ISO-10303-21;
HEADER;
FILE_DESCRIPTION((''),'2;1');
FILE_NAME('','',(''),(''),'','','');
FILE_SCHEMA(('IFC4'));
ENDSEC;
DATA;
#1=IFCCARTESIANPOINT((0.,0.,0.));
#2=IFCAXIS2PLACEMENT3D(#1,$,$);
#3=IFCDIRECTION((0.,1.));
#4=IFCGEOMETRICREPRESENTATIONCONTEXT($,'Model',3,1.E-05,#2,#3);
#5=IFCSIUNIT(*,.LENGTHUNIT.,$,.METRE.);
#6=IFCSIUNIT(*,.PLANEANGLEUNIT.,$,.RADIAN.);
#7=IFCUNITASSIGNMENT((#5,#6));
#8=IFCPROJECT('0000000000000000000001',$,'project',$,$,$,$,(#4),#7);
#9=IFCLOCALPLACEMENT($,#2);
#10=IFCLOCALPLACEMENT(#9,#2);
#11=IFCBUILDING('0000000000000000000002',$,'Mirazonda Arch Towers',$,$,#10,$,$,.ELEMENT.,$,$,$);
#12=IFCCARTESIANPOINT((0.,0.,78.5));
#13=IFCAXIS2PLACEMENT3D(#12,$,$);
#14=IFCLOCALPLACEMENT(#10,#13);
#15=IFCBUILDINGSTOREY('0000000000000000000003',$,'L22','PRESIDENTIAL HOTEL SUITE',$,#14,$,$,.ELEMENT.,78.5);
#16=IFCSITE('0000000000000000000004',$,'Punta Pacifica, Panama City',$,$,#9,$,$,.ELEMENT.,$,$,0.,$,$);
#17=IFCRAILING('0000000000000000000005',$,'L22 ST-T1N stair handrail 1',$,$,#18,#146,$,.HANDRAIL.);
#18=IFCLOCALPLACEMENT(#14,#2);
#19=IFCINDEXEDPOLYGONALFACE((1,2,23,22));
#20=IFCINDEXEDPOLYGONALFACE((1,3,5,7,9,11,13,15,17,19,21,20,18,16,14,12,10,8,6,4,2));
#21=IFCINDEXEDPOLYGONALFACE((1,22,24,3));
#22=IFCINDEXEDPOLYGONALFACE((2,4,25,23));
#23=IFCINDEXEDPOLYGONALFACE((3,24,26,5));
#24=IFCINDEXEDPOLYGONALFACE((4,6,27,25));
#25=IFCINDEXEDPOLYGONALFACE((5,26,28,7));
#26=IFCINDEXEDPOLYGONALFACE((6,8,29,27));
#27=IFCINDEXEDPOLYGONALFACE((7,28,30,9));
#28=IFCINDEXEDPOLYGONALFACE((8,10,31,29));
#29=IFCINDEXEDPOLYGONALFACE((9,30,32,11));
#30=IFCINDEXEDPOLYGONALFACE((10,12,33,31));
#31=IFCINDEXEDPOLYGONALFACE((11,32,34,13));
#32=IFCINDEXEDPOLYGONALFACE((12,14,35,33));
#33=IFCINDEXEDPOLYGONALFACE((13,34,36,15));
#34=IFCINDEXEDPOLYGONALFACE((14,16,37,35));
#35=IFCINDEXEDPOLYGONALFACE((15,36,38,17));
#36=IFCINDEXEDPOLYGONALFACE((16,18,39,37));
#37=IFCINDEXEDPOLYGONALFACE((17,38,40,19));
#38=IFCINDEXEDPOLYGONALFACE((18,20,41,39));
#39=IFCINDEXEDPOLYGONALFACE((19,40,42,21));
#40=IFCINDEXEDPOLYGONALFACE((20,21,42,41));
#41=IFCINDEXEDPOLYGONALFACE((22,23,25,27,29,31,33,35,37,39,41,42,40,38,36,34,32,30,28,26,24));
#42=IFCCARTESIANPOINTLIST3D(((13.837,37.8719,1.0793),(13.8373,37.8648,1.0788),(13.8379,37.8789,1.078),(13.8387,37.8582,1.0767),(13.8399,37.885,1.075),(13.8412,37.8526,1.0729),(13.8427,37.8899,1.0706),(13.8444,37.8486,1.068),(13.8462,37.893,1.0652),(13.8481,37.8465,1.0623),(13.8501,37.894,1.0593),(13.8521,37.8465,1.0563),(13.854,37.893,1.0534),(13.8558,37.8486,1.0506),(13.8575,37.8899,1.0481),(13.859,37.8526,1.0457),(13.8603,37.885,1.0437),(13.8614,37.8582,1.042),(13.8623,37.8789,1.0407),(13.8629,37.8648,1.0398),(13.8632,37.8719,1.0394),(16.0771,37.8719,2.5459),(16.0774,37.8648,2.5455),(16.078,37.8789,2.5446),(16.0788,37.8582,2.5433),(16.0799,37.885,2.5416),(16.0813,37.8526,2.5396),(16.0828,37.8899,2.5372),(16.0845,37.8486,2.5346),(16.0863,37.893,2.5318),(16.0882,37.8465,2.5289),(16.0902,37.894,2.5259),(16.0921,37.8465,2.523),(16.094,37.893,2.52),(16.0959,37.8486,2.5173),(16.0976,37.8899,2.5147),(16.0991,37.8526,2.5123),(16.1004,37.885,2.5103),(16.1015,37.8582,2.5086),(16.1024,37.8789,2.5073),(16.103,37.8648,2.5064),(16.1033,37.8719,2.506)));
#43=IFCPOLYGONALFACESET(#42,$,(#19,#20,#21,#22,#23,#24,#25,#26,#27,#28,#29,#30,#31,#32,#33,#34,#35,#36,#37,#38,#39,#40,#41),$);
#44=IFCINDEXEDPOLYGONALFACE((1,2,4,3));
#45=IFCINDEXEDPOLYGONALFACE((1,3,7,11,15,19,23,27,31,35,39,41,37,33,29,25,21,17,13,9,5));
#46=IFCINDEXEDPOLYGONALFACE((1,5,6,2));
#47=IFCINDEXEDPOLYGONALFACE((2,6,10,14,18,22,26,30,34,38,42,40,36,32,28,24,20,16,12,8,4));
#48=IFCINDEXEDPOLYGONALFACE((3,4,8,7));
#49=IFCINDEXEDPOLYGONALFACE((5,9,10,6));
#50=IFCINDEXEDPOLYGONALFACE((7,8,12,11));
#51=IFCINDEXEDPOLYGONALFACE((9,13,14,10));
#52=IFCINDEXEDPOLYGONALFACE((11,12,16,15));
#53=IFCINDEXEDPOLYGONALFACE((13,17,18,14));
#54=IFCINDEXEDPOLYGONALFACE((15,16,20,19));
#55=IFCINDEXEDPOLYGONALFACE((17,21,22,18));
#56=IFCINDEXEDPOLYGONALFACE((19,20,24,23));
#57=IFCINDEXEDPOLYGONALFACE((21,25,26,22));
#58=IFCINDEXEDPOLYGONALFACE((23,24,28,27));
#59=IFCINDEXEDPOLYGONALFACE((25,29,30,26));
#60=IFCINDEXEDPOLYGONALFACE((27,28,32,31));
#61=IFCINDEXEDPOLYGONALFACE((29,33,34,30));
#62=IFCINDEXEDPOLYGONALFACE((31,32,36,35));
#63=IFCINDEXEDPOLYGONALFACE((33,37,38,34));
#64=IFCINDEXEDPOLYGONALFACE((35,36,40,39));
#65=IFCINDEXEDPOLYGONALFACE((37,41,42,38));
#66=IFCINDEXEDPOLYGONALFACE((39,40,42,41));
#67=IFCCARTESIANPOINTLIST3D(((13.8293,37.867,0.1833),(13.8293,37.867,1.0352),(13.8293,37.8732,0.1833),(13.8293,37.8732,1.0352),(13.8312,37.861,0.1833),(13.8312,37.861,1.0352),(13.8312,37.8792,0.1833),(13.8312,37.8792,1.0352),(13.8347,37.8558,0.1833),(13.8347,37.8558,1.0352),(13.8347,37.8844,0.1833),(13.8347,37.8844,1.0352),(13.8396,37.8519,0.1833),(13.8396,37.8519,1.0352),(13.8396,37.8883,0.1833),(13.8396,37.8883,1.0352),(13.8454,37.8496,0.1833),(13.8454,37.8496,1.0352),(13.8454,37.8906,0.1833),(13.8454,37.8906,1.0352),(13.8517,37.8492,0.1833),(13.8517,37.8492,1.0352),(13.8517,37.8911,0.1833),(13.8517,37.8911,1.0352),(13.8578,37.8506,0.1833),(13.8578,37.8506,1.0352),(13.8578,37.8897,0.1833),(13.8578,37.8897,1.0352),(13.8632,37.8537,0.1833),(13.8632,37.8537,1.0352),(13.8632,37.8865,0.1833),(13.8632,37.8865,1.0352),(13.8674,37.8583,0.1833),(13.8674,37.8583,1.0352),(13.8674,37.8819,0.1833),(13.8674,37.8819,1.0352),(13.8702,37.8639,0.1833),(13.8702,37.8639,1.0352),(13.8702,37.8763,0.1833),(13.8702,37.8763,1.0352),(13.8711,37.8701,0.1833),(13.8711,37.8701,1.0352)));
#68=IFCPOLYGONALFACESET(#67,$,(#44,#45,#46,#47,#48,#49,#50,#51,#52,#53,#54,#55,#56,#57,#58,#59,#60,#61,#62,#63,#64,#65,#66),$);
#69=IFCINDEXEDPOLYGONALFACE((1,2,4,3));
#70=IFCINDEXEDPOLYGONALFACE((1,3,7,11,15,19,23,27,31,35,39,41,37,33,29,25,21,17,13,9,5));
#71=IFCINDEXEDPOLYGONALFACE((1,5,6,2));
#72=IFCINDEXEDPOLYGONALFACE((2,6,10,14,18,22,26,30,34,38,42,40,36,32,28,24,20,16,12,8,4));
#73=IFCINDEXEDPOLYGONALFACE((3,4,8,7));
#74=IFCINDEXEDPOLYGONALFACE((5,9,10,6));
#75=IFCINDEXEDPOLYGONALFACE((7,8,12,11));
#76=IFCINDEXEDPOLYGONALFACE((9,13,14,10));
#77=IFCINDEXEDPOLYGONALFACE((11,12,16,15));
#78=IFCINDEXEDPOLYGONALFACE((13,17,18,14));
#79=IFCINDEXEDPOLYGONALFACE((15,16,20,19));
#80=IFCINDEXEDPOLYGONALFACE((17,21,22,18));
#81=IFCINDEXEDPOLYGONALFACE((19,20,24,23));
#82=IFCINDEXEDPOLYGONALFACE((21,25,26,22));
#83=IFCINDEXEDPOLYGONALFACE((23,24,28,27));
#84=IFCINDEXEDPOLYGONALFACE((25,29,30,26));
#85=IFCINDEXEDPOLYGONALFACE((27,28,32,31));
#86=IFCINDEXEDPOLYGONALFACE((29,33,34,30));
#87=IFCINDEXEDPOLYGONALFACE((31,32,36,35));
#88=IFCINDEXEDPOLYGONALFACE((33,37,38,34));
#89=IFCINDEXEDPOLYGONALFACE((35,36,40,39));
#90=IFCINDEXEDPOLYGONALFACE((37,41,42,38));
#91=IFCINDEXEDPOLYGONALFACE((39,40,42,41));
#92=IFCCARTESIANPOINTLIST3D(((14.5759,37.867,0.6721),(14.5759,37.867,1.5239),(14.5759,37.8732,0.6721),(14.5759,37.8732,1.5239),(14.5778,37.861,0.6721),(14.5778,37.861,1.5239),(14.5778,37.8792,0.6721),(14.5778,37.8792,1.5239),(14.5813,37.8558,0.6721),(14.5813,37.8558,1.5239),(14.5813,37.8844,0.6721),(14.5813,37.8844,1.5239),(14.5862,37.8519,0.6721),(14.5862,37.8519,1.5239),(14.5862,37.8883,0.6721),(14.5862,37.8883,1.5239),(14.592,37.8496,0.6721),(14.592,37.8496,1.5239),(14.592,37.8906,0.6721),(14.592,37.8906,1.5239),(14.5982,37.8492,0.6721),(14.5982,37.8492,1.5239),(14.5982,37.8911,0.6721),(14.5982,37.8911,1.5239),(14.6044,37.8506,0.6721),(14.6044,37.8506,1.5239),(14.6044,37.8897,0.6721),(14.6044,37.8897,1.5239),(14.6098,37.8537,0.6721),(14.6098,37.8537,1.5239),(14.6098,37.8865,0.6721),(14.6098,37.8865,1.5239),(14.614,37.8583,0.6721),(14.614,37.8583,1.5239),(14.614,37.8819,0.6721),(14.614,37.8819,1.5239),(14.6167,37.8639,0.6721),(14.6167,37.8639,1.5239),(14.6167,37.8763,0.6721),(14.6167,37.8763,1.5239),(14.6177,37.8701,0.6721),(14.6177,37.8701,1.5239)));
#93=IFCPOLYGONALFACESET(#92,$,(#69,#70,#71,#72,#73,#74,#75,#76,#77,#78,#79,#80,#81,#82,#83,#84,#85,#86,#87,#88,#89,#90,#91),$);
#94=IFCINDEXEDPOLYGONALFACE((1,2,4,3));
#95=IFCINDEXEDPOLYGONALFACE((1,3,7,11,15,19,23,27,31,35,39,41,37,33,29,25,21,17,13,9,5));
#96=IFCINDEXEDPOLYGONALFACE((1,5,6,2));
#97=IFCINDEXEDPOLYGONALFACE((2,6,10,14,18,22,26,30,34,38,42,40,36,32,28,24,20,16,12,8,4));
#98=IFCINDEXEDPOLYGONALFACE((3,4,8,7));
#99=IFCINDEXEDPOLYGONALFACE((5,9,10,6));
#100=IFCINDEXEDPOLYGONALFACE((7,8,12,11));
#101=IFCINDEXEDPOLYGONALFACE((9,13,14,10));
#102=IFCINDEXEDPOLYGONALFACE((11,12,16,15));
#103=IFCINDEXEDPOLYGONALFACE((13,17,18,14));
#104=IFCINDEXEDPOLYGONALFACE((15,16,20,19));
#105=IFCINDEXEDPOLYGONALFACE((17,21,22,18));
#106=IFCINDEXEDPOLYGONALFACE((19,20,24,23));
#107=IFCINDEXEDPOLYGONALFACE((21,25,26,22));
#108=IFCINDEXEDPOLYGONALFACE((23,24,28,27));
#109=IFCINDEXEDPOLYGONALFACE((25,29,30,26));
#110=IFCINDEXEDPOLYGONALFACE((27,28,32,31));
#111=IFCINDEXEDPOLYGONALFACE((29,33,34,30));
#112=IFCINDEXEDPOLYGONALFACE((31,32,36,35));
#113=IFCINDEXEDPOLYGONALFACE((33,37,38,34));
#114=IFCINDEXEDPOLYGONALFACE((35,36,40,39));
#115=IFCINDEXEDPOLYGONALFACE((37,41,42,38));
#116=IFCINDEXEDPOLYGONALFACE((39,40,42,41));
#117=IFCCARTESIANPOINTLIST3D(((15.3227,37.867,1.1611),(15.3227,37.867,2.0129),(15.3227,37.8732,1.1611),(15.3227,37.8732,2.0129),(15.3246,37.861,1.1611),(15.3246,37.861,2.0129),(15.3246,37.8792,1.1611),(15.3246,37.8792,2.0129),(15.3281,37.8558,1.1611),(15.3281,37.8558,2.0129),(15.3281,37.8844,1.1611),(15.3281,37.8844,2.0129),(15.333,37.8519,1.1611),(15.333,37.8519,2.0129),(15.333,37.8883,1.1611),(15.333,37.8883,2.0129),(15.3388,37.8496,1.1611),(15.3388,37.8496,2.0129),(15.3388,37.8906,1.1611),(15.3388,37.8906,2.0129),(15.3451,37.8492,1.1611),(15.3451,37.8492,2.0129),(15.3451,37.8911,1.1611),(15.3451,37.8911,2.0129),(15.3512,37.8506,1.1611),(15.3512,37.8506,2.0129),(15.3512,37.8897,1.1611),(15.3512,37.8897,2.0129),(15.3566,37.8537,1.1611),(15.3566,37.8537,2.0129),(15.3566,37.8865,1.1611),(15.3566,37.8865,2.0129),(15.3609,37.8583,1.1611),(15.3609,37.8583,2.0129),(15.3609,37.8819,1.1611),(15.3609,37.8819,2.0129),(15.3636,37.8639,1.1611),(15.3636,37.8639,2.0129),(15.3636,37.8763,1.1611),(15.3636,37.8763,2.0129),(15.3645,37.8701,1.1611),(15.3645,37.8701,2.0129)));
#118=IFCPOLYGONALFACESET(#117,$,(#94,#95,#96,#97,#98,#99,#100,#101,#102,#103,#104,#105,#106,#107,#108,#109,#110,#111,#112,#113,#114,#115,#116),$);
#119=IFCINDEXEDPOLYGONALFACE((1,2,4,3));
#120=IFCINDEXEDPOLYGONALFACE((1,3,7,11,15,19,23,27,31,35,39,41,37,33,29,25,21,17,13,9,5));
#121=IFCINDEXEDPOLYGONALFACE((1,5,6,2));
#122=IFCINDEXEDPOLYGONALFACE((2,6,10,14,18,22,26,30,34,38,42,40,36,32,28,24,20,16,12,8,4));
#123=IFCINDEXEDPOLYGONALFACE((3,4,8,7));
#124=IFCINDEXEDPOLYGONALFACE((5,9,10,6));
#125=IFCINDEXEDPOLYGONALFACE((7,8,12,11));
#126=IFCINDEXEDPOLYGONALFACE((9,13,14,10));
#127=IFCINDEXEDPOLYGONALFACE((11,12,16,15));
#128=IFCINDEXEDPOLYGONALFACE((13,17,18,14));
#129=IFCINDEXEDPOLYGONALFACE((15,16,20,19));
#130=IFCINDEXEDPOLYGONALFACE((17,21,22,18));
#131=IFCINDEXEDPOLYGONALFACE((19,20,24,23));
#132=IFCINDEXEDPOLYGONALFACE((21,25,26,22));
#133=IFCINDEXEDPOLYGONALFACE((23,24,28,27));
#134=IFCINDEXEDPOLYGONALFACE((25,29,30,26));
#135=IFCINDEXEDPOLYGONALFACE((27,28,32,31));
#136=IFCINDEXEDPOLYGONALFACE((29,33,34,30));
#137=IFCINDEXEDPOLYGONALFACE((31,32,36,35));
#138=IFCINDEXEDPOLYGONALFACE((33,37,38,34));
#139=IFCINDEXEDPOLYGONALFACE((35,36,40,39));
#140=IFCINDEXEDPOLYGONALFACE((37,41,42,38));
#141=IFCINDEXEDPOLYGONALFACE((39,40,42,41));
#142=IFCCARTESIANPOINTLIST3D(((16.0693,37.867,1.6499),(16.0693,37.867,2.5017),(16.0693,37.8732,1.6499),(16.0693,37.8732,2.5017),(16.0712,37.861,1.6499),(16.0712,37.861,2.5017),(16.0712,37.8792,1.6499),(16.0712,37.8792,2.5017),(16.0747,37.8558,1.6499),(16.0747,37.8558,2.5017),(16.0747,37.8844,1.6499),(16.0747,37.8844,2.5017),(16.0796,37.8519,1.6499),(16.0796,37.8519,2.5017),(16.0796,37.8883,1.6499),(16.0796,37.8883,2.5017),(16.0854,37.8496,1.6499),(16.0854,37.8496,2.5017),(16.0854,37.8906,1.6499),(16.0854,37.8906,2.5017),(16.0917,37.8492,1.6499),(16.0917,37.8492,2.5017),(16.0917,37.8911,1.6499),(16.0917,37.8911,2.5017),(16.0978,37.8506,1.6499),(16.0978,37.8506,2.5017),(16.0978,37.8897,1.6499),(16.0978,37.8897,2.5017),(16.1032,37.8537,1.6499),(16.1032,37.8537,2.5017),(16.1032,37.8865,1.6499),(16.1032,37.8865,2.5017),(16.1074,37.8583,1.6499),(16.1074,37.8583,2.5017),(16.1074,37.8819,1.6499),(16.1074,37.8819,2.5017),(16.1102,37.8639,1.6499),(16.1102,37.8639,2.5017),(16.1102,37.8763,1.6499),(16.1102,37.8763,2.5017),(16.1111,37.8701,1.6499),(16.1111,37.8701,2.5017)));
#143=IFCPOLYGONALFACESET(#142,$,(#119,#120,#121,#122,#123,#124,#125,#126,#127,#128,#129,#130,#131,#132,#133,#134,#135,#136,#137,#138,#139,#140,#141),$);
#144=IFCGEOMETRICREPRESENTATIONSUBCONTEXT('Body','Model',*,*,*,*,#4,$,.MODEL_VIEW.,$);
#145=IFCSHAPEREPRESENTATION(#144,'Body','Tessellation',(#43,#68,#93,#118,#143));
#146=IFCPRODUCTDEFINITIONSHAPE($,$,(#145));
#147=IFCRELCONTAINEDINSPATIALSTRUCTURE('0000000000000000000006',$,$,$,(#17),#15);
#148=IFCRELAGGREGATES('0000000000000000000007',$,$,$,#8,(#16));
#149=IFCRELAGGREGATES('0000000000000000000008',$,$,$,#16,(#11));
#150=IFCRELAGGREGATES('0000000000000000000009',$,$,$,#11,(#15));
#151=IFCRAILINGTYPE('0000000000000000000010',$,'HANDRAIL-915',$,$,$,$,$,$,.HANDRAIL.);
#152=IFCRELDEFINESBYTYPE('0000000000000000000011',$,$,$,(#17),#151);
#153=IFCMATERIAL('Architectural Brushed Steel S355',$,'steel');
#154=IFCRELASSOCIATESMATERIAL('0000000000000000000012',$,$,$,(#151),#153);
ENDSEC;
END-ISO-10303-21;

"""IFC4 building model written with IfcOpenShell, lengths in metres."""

from ifc_helpers import new_model, si_unit, direction, frame, origin, origin_2d, place, context, subcontext, project, spatial, circle, extrude, material, type_object, element, save


model = new_model("IFC4")

# Units and contexts
model_context = context("Model", 3, precision=1e-05, world=origin(), true_north=direction((0.0, 1.0)))
body_context = subcontext(model_context, "Body", "Model", "MODEL_VIEW")
ifc_project = project(units=[si_unit("LENGTHUNIT", "METRE"), si_unit("PLANEANGLEUNIT", "RADIAN")], contexts=[model_context])

# Site, building, storey
site_placement = place(None, origin())
site = spatial("IfcSite", under=ifc_project, at=site_placement, Name="Punta Pacifica, Panama City", CompositionType="ELEMENT", RefElevation=0.0)
building_placement = place(site_placement, origin())
building = spatial("IfcBuilding", under=site, at=building_placement, Name="Mirazonda Arch Towers", CompositionType="ELEMENT")
storey_placement = place(building_placement, frame((0.0, 0.0, 78.5)))
storey = spatial("IfcBuildingStorey", under=building, at=storey_placement, Name="L22", Description="PRESIDENTIAL HOTEL SUITE", CompositionType="ELEMENT", Elevation=78.5)

# Shared definitions
ifc_material_1 = material(Name="Architectural Brushed Steel S355", Category="steel")

# Railing
railing_type_1 = type_object("IfcRailingType", Name="HANDRAIL-915", PredefinedType="HANDRAIL", material=ifc_material_1)
railing_1_placement = place(storey_placement, frame((13.8501, 37.8701, 0.1833)))
element("IfcRailing", 1, at=railing_1_placement, inside=storey, type_object=railing_type_1, Name="L22 ST-T1N stair handrail 1", PredefinedType="HANDRAIL", context=body_context, shape_type="SweptSolid", body=[
    extrude(circle(Radius=0.0239, at=origin_2d()), frame((0.0, 0.0, 0.876), z_axis=(0.836637, 0.0, 0.547758), x_axis=(0.0, 1.0, 0.0)), (0.0, 0.0, 1.0), 2.6775),
    extrude(circle(Radius=0.021, at=origin_2d()), origin(), (0.0, 0.0, 1.0), 0.8518),
    extrude(circle(Radius=0.021, at=origin_2d()), frame((0.7466, 0.0, 0.4888)), (0.0, 0.0, 1.0), 0.8518),
    extrude(circle(Radius=0.021, at=origin_2d()), frame((1.4934, 0.0, 0.9778)), (0.0, 0.0, 1.0), 0.8518),
    extrude(circle(Radius=0.021, at=origin_2d()), frame((2.24, 0.0, 1.4666)), (0.0, 0.0, 1.0), 0.8518),
])

save(model, "model.ifc")
